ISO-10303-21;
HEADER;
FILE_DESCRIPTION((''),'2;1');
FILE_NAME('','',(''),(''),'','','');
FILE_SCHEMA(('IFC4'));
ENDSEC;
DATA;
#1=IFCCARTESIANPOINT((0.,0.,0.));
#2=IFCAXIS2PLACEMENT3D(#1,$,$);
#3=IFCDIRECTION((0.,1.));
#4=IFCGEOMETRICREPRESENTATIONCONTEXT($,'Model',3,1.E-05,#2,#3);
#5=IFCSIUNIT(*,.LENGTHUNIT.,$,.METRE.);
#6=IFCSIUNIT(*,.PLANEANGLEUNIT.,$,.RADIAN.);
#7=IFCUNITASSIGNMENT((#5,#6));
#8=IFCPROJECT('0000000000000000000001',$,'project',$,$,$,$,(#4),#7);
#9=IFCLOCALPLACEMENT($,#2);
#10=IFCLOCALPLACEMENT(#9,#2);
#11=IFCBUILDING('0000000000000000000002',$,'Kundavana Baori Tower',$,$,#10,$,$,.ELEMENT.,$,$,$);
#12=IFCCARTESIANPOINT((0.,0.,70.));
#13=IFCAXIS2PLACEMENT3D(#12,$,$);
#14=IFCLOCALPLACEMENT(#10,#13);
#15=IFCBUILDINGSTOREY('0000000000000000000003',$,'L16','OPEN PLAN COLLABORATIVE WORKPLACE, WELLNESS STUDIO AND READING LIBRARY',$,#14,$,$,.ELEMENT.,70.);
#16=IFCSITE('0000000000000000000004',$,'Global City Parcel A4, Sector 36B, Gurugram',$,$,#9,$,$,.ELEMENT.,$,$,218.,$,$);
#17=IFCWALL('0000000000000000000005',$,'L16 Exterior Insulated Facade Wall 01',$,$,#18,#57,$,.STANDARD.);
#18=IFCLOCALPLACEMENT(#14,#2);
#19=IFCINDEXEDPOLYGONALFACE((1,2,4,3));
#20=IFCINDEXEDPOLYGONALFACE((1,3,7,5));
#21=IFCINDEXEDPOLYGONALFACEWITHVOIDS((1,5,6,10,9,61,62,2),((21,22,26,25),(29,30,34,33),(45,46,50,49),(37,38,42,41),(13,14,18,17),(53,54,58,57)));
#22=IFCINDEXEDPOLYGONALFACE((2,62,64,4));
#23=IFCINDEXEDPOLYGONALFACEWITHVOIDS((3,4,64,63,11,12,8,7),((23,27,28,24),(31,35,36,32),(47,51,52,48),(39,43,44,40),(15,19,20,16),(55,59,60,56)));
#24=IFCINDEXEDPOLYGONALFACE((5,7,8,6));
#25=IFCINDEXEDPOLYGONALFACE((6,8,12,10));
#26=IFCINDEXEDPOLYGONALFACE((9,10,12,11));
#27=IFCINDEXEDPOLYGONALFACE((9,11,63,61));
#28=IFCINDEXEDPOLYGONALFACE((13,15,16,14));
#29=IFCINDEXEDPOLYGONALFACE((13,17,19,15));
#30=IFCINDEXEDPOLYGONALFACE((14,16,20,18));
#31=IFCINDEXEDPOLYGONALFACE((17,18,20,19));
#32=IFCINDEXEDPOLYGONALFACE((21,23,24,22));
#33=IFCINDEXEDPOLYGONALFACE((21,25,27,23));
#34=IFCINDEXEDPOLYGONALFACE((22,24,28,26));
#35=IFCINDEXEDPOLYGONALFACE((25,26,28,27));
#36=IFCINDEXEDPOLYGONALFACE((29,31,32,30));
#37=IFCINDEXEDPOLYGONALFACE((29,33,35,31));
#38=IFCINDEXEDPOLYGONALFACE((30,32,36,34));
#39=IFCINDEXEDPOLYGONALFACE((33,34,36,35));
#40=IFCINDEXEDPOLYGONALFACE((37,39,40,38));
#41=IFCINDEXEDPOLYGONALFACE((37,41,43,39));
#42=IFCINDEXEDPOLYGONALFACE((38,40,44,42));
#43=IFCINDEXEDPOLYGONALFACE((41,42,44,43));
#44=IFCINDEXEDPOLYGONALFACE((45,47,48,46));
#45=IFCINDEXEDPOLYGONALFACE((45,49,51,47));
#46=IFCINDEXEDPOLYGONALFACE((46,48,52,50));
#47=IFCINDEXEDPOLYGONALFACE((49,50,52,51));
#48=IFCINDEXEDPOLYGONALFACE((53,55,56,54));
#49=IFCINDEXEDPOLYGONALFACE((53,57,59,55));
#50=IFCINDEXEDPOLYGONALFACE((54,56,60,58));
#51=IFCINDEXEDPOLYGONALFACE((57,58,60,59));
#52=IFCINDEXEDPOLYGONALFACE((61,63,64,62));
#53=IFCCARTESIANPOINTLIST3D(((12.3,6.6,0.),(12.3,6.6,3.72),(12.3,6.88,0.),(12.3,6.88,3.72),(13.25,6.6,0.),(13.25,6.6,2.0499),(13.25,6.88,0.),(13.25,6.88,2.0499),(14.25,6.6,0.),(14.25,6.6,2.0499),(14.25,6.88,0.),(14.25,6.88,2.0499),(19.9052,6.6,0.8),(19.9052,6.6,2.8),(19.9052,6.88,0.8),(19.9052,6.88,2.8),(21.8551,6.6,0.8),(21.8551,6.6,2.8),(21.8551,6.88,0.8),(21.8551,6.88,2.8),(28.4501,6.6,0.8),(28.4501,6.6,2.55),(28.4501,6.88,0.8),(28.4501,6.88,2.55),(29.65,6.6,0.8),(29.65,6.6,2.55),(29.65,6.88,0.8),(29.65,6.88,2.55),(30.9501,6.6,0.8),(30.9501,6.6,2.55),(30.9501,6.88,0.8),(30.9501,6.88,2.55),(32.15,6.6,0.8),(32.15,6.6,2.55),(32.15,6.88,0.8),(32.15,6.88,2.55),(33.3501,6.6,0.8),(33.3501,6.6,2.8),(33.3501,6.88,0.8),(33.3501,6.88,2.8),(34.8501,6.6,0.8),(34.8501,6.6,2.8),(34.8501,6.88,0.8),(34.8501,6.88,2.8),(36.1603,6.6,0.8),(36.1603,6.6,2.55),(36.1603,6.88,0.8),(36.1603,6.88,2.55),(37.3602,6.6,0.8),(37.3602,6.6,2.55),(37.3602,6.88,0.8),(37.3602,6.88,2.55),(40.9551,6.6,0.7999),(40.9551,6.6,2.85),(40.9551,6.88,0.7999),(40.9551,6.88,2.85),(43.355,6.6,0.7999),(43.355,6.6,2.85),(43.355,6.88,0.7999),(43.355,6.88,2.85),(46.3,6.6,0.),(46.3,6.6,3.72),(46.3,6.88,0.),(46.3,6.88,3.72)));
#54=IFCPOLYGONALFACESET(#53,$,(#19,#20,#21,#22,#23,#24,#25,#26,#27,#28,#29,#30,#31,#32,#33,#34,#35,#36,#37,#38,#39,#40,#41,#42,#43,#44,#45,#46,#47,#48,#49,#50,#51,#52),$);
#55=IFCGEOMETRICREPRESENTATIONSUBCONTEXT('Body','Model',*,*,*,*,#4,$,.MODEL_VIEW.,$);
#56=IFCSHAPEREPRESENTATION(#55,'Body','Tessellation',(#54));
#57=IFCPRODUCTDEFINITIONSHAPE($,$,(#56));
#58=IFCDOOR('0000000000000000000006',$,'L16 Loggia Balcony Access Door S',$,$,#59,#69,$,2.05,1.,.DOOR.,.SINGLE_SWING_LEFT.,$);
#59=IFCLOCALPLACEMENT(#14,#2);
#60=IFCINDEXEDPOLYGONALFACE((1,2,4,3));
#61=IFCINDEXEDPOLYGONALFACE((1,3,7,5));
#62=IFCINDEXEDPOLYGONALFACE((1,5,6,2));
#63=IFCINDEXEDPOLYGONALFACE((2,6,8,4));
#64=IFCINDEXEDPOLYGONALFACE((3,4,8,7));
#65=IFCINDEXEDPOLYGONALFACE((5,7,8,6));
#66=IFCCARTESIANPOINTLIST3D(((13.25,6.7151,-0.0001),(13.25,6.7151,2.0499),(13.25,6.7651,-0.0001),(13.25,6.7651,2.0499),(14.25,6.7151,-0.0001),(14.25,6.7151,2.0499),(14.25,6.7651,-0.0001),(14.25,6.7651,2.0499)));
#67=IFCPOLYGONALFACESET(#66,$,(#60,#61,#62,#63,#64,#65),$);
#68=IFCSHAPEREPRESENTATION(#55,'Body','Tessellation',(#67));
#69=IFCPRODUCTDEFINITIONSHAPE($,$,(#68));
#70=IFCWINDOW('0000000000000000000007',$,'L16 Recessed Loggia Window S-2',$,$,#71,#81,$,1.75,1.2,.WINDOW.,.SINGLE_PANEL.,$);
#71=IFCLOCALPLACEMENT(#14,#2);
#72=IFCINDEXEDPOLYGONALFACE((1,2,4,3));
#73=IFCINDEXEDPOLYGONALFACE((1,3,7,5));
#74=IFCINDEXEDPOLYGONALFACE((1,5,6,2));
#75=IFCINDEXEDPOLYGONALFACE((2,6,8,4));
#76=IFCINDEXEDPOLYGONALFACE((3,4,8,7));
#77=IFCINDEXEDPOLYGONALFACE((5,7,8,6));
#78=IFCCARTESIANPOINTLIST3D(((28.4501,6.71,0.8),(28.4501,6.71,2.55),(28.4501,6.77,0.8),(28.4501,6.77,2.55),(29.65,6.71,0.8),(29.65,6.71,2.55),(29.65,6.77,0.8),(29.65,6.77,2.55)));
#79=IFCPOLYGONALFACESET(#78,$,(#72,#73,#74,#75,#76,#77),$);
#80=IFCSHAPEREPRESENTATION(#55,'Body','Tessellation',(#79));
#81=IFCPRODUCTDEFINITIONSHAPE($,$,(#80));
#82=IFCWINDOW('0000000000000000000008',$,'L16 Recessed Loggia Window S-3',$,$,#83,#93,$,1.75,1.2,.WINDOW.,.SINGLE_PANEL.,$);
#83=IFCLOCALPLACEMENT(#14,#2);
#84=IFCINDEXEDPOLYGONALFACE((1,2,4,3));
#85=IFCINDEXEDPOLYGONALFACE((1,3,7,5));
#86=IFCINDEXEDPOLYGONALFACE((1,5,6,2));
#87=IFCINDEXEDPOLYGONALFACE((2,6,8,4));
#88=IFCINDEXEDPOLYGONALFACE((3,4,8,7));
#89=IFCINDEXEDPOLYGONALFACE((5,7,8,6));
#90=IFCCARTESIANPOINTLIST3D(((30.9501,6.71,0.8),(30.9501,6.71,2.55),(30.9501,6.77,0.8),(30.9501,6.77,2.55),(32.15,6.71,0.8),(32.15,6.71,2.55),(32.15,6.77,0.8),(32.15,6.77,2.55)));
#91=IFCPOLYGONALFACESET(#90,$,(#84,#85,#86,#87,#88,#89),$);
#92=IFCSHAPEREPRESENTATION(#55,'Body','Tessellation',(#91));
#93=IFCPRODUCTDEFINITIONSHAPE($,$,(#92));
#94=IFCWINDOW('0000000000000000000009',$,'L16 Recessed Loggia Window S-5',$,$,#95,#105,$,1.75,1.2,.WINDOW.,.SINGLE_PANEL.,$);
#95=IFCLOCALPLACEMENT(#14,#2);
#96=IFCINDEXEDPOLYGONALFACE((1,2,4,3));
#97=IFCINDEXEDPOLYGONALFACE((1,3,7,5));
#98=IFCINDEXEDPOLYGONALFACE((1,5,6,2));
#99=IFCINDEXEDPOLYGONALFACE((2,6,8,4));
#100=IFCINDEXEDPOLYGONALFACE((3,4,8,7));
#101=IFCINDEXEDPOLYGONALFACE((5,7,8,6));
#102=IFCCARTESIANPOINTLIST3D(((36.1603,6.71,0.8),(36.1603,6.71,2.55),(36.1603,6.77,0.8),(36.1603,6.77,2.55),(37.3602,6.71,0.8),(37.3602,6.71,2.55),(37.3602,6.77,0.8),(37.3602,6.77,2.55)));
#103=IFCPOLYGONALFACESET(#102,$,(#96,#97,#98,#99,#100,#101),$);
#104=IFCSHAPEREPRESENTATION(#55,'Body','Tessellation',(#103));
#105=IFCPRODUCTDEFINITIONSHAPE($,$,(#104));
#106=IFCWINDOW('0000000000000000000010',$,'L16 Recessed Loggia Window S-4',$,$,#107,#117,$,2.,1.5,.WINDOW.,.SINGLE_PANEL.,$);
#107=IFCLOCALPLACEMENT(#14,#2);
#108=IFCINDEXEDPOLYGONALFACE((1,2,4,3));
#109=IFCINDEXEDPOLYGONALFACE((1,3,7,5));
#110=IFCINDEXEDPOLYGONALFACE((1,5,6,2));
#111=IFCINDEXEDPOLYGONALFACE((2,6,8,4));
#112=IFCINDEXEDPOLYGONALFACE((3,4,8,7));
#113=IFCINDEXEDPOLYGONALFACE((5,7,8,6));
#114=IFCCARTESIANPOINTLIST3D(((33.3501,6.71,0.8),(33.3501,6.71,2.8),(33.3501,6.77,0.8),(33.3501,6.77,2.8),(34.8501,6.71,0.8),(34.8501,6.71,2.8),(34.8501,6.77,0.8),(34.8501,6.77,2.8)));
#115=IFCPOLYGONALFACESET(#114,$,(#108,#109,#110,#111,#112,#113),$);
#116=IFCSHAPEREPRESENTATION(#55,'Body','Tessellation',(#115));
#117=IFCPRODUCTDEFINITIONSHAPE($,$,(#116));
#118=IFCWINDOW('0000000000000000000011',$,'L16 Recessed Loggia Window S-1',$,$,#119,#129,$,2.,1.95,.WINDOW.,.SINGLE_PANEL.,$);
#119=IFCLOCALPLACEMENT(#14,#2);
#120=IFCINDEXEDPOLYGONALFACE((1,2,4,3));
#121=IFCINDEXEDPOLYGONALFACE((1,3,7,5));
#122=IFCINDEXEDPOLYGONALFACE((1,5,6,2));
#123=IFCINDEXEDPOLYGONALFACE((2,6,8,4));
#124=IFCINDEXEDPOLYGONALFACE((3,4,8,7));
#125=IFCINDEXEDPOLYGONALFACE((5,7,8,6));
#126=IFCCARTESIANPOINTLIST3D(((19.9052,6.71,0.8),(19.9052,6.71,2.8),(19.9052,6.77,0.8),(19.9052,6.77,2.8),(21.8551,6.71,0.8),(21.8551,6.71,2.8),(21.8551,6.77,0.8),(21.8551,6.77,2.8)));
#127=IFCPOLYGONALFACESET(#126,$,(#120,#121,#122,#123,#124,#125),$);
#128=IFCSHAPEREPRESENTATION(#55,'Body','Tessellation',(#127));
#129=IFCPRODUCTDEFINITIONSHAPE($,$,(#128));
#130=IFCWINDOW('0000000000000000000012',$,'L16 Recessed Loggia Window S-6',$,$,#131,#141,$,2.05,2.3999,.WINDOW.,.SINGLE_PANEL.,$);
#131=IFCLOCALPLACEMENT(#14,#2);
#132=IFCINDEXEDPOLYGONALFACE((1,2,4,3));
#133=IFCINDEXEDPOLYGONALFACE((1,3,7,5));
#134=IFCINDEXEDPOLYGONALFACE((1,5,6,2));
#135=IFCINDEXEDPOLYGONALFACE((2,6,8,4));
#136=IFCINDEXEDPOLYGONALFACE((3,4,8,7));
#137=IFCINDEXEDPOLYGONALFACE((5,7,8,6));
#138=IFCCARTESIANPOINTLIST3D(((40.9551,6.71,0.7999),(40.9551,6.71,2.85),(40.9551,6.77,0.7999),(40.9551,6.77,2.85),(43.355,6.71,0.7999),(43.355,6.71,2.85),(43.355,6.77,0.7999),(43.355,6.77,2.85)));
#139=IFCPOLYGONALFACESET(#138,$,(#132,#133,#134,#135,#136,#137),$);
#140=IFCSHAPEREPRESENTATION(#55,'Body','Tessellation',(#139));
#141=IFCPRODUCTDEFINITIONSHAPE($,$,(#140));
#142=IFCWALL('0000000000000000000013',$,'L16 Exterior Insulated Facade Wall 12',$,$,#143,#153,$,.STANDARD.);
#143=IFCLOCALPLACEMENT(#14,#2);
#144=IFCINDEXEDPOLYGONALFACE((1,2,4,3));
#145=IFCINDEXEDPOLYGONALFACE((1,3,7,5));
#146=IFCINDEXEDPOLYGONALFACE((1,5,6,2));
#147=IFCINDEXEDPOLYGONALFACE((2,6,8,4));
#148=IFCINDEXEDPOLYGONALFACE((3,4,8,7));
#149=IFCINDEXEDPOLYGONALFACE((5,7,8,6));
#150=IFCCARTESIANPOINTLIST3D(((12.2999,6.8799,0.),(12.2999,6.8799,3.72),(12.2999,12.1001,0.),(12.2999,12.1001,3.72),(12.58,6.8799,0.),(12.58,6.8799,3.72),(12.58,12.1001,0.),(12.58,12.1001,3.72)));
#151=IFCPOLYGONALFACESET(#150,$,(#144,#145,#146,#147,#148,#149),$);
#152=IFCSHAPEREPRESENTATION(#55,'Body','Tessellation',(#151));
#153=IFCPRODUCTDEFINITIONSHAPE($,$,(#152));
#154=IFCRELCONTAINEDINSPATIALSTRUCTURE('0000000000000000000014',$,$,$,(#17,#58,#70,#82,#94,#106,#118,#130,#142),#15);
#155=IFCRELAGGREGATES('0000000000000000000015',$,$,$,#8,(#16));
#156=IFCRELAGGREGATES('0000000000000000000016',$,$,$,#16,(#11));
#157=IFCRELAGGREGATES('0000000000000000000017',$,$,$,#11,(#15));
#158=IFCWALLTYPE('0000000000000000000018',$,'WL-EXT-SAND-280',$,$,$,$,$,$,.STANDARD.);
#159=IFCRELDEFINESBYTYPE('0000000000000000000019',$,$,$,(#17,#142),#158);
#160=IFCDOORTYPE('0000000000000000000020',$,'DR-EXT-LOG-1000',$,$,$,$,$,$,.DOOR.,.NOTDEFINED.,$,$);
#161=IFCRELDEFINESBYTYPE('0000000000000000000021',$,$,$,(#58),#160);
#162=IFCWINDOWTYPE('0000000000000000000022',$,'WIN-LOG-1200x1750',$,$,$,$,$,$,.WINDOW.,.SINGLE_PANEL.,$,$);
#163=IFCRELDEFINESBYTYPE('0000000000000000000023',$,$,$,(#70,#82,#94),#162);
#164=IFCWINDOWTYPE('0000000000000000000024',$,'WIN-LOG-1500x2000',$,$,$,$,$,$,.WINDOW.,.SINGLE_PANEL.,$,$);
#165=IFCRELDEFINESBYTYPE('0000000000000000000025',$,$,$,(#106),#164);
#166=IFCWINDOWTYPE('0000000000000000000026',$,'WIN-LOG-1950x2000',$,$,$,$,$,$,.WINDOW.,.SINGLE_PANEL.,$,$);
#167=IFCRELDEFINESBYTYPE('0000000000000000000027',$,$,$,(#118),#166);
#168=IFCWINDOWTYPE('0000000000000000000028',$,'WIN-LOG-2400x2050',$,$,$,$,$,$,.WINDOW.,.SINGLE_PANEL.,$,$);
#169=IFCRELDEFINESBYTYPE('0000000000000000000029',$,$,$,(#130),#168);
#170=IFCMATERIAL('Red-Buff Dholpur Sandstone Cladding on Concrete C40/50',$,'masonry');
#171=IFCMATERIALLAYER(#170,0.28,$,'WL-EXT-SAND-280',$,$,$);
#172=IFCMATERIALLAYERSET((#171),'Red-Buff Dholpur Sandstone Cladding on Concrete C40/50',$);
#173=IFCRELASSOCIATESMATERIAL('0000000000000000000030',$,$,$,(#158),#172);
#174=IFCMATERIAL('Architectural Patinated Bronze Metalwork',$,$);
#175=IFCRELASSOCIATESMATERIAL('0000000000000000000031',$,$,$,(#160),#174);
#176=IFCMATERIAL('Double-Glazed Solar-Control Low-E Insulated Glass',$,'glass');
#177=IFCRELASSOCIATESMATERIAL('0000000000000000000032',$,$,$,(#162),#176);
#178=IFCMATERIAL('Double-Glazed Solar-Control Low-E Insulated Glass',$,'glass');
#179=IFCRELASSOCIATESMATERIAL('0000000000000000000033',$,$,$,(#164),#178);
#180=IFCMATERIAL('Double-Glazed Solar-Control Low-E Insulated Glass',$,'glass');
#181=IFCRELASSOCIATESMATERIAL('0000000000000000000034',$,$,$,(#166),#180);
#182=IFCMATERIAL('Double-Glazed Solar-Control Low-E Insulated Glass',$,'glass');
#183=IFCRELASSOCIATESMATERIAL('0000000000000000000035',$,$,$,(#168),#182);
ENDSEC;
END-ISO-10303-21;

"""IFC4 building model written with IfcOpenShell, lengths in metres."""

from ifc_helpers import new_model, si_unit, direction, frame, frame_2d, origin, place, context, subcontext, project, spatial, rectangle, extrude, material, layer, layer_set, type_object, element, fill, save


model = new_model("IFC4")

# Units and contexts
model_context = context("Model", 3, precision=1e-05, world=origin(), true_north=direction((0.0, 1.0)))
body_context = subcontext(model_context, "Body", "Model", "MODEL_VIEW")
ifc_project = project(units=[si_unit("LENGTHUNIT", "METRE"), si_unit("PLANEANGLEUNIT", "RADIAN")], contexts=[model_context])

# Site, building, storey
site_placement = place(None, origin())
site = spatial("IfcSite", under=ifc_project, at=site_placement, Name="Global City Parcel A4, Sector 36B, Gurugram", CompositionType="ELEMENT", RefElevation=218.0)
building_placement = place(site_placement, origin())
building = spatial("IfcBuilding", under=site, at=building_placement, Name="Kundavana Baori Tower", CompositionType="ELEMENT")
storey_placement = place(building_placement, frame((0.0, 0.0, 70.0)))
storey = spatial("IfcBuildingStorey", under=building, at=storey_placement, Name="L16", Description="OPEN PLAN COLLABORATIVE WORKPLACE, WELLNESS STUDIO AND READING LIBRARY", CompositionType="ELEMENT", Elevation=70.0)

# Wall, openings, door, windows
ifc_material_1 = material(Name="Red-Buff Dholpur Sandstone Cladding on Concrete C40/50", Category="masonry")
ifc_layer_1 = layer(ifc_material_1, 0.28, Name="WL-EXT-SAND-280")
ifc_layer_set_1 = layer_set([ifc_layer_1], Name="Red-Buff Dholpur Sandstone Cladding on Concrete C40/50")
wall_type_1 = type_object("IfcWallType", Name="WL-EXT-SAND-280", PredefinedType="STANDARD", material=ifc_layer_set_1)
wall_1_placement = place(storey_placement, frame((12.3, 6.74, 0.0), z_axis=(0.0, 0.0, 1.0), x_axis=(1.0, 0.0, 0.0)))
wall_1 = element("IfcWall", 1, at=wall_1_placement, inside=storey, type_object=wall_type_1, Name="L16 Exterior Insulated Facade Wall 01", PredefinedType="STANDARD", context=body_context, shape_type="SweptSolid", body=[
    extrude(rectangle(XDim=34.0, YDim=0.28, at=frame_2d((17.0, 0.0))), origin(), (0.0, 0.0, 1.0), 3.72),
])
opening_1_placement = place(wall_1_placement, frame((0.95, 0.0, 0.0)))
opening_1 = element("IfcOpeningElement", 2, at=opening_1_placement, cuts=wall_1, PredefinedType="OPENING", context=body_context, shape_type="SweptSolid", body=[
    extrude(rectangle(XDim=1.0, YDim=2.05, at=frame_2d((0.5, 1.0249))), frame((0.0, 0.1499, 0.0), z_axis=(0.0, -1.0, 0.0), x_axis=(1.0, 0.0, 0.0)), (0.0, 0.0, 1.0), 0.3),
])
opening_2_placement = place(wall_1_placement, frame((7.605, 0.0, 0.8)))
opening_2 = element("IfcOpeningElement", 3, at=opening_2_placement, cuts=wall_1, PredefinedType="OPENING", context=body_context, shape_type="SweptSolid", body=[
    extrude(rectangle(XDim=1.95, YDim=2.0, at=frame_2d((0.9751, 1.0))), frame((0.0, 0.1499, 0.0), z_axis=(0.0, -1.0, 0.0), x_axis=(1.0, 0.0, 0.0)), (0.0, 0.0, 1.0), 0.3),
])
opening_3_placement = place(wall_1_placement, frame((16.1499, 0.0, 0.8)))
opening_3 = element("IfcOpeningElement", 4, at=opening_3_placement, cuts=wall_1, PredefinedType="OPENING", context=body_context, shape_type="SweptSolid", body=[
    extrude(rectangle(XDim=1.2, YDim=1.75, at=frame_2d((0.6001, 0.875))), frame((0.0, 0.1499, 0.0), z_axis=(0.0, -1.0, 0.0), x_axis=(1.0, 0.0, 0.0)), (0.0, 0.0, 1.0), 0.3),
])
opening_4_placement = place(wall_1_placement, frame((18.6499, 0.0, 0.8)))
opening_4 = element("IfcOpeningElement", 5, at=opening_4_placement, cuts=wall_1, PredefinedType="OPENING", context=body_context, shape_type="SweptSolid", body=[
    extrude(rectangle(XDim=1.2, YDim=1.75, at=frame_2d((0.6001, 0.875))), frame((0.0, 0.1499, 0.0), z_axis=(0.0, -1.0, 0.0), x_axis=(1.0, 0.0, 0.0)), (0.0, 0.0, 1.0), 0.3),
])
opening_5_placement = place(wall_1_placement, frame((21.05, 0.0, 0.8)))
opening_5 = element("IfcOpeningElement", 6, at=opening_5_placement, cuts=wall_1, PredefinedType="OPENING", context=body_context, shape_type="SweptSolid", body=[
    extrude(rectangle(XDim=1.5, YDim=2.0, at=frame_2d((0.75, 1.0))), frame((0.0, 0.1499, 0.0), z_axis=(0.0, -1.0, 0.0), x_axis=(1.0, 0.0, 0.0)), (0.0, 0.0, 1.0), 0.3),
])
opening_6_placement = place(wall_1_placement, frame((23.8601, 0.0, 0.8)))
opening_6 = element("IfcOpeningElement", 7, at=opening_6_placement, cuts=wall_1, PredefinedType="OPENING", context=body_context, shape_type="SweptSolid", body=[
    extrude(rectangle(XDim=1.2, YDim=1.75, at=frame_2d((0.6001, 0.875))), frame((0.0, 0.1499, 0.0), z_axis=(0.0, -1.0, 0.0), x_axis=(1.0, 0.0, 0.0)), (0.0, 0.0, 1.0), 0.3),
])
opening_7_placement = place(wall_1_placement, frame((28.655, 0.0, 0.8)))
opening_7 = element("IfcOpeningElement", 8, at=opening_7_placement, cuts=wall_1, PredefinedType="OPENING", context=body_context, shape_type="SweptSolid", body=[
    extrude(rectangle(XDim=2.3999, YDim=2.05, at=frame_2d((1.2, 1.0249))), frame((0.0, 0.1499, 0.0), z_axis=(0.0, -1.0, 0.0), x_axis=(1.0, 0.0, 0.0)), (0.0, 0.0, 1.0), 0.3),
])
ifc_material_2 = material(Name="Architectural Patinated Bronze Metalwork")
door_type_1 = type_object("IfcDoorType", Name="DR-EXT-LOG-1000", OperationType="NOTDEFINED", PredefinedType="DOOR", material=ifc_material_2)
door_1_placement = place(opening_1_placement, frame((1.0, 0.0, 0.0), z_axis=(0.0, 0.0, 1.0), x_axis=(-1.0, 0.0, 0.0)))
door_1 = element("IfcDoor", 9, at=door_1_placement, inside=storey, type_object=door_type_1, Name="L16 Loggia Balcony Access Door S", OperationType="SINGLE_SWING_LEFT", OverallHeight=2.05, OverallWidth=1.0, PredefinedType="DOOR", context=body_context, shape_type="SweptSolid", body=[
    extrude(rectangle(XDim=1.0, YDim=2.05, at=frame_2d((0.5, 1.0249))), frame((0.0, 0.0249, 0.0), z_axis=(0.0, -1.0, 0.0), x_axis=(1.0, 0.0, 0.0)), (0.0, 0.0, 1.0), 0.05),
])
fill(opening_1, door_1)
ifc_material_3 = material(Name="Double-Glazed Solar-Control Low-E Insulated Glass", Category="glass")
window_type_1 = type_object("IfcWindowType", Name="WIN-LOG-1200x1750", PartitioningType="SINGLE_PANEL", PredefinedType="WINDOW", material=ifc_material_3)
window_1_placement = place(opening_3_placement, origin())
window_1 = element("IfcWindow", 10, at=window_1_placement, inside=storey, type_object=window_type_1, Name="L16 Recessed Loggia Window S-2", OverallHeight=1.75, OverallWidth=1.2, PartitioningType="SINGLE_PANEL", PredefinedType="WINDOW", context=body_context, shape_type="SweptSolid", body=[
    extrude(rectangle(XDim=1.2, YDim=1.75, at=frame_2d((0.6001, 0.875))), frame((0.0, 0.03, 0.0), z_axis=(0.0, -1.0, 0.0), x_axis=(1.0, 0.0, 0.0)), (0.0, 0.0, 1.0), 0.0601),
])
fill(opening_3, window_1)
window_2_placement = place(opening_4_placement, origin())
window_2 = element("IfcWindow", 11, at=window_2_placement, inside=storey, type_object=window_type_1, Name="L16 Recessed Loggia Window S-3", OverallHeight=1.75, OverallWidth=1.2, PartitioningType="SINGLE_PANEL", PredefinedType="WINDOW", context=body_context, shape_type="SweptSolid", body=[
    extrude(rectangle(XDim=1.2, YDim=1.75, at=frame_2d((0.6001, 0.875))), frame((0.0, 0.03, 0.0), z_axis=(0.0, -1.0, 0.0), x_axis=(1.0, 0.0, 0.0)), (0.0, 0.0, 1.0), 0.0601),
])
fill(opening_4, window_2)
window_3_placement = place(opening_6_placement, origin())
window_3 = element("IfcWindow", 12, at=window_3_placement, inside=storey, type_object=window_type_1, Name="L16 Recessed Loggia Window S-5", OverallHeight=1.75, OverallWidth=1.2, PartitioningType="SINGLE_PANEL", PredefinedType="WINDOW", context=body_context, shape_type="SweptSolid", body=[
    extrude(rectangle(XDim=1.2, YDim=1.75, at=frame_2d((0.6001, 0.875))), frame((0.0, 0.03, 0.0), z_axis=(0.0, -1.0, 0.0), x_axis=(1.0, 0.0, 0.0)), (0.0, 0.0, 1.0), 0.0601),
])
fill(opening_6, window_3)
ifc_material_4 = material(Name="Double-Glazed Solar-Control Low-E Insulated Glass", Category="glass")
window_type_2 = type_object("IfcWindowType", Name="WIN-LOG-1500x2000", PartitioningType="SINGLE_PANEL", PredefinedType="WINDOW", material=ifc_material_4)
window_4_placement = place(opening_5_placement, origin())
window_4 = element("IfcWindow", 13, at=window_4_placement, inside=storey, type_object=window_type_2, Name="L16 Recessed Loggia Window S-4", OverallHeight=2.0, OverallWidth=1.5, PartitioningType="SINGLE_PANEL", PredefinedType="WINDOW", context=body_context, shape_type="SweptSolid", body=[
    extrude(rectangle(XDim=1.5, YDim=2.0, at=frame_2d((0.75, 1.0))), frame((0.0, 0.03, 0.0), z_axis=(0.0, -1.0, 0.0), x_axis=(1.0, 0.0, 0.0)), (0.0, 0.0, 1.0), 0.0601),
])
fill(opening_5, window_4)
ifc_material_5 = material(Name="Double-Glazed Solar-Control Low-E Insulated Glass", Category="glass")
window_type_3 = type_object("IfcWindowType", Name="WIN-LOG-1950x2000", PartitioningType="SINGLE_PANEL", PredefinedType="WINDOW", material=ifc_material_5)
window_5_placement = place(opening_2_placement, origin())
window_5 = element("IfcWindow", 14, at=window_5_placement, inside=storey, type_object=window_type_3, Name="L16 Recessed Loggia Window S-1", OverallHeight=2.0, OverallWidth=1.95, PartitioningType="SINGLE_PANEL", PredefinedType="WINDOW", context=body_context, shape_type="SweptSolid", body=[
    extrude(rectangle(XDim=1.95, YDim=2.0, at=frame_2d((0.9751, 1.0))), frame((0.0, 0.03, 0.0), z_axis=(0.0, -1.0, 0.0), x_axis=(1.0, 0.0, 0.0)), (0.0, 0.0, 1.0), 0.0601),
])
fill(opening_2, window_5)
ifc_material_6 = material(Name="Double-Glazed Solar-Control Low-E Insulated Glass", Category="glass")
window_type_4 = type_object("IfcWindowType", Name="WIN-LOG-2400x2050", PartitioningType="SINGLE_PANEL", PredefinedType="WINDOW", material=ifc_material_6)
window_6_placement = place(opening_7_placement, origin())
window_6 = element("IfcWindow", 15, at=window_6_placement, inside=storey, type_object=window_type_4, Name="L16 Recessed Loggia Window S-6", OverallHeight=2.05, OverallWidth=2.3999, PartitioningType="SINGLE_PANEL", PredefinedType="WINDOW", context=body_context, shape_type="SweptSolid", body=[
    extrude(rectangle(XDim=2.3999, YDim=2.05, at=frame_2d((1.2, 1.0249))), frame((0.0, 0.03, 0.0), z_axis=(0.0, -1.0, 0.0), x_axis=(1.0, 0.0, 0.0)), (0.0, 0.0, 1.0), 0.0601),
])
fill(opening_7, window_6)

# Wall
wall_2_placement = place(storey_placement, frame((12.4399, 12.1001, 0.0), z_axis=(0.0, 0.0, 1.0), x_axis=(0.0, -1.0, 0.0)))
element("IfcWall", 16, at=wall_2_placement, inside=storey, type_object=wall_type_1, Name="L16 Exterior Insulated Facade Wall 12", PredefinedType="STANDARD", context=body_context, shape_type="SweptSolid", body=[
    extrude(rectangle(XDim=5.2202, YDim=0.28, at=frame_2d((2.6101, 0.0))), origin(), (0.0, 0.0, 1.0), 3.72),
])

save(model, "model.ifc")
